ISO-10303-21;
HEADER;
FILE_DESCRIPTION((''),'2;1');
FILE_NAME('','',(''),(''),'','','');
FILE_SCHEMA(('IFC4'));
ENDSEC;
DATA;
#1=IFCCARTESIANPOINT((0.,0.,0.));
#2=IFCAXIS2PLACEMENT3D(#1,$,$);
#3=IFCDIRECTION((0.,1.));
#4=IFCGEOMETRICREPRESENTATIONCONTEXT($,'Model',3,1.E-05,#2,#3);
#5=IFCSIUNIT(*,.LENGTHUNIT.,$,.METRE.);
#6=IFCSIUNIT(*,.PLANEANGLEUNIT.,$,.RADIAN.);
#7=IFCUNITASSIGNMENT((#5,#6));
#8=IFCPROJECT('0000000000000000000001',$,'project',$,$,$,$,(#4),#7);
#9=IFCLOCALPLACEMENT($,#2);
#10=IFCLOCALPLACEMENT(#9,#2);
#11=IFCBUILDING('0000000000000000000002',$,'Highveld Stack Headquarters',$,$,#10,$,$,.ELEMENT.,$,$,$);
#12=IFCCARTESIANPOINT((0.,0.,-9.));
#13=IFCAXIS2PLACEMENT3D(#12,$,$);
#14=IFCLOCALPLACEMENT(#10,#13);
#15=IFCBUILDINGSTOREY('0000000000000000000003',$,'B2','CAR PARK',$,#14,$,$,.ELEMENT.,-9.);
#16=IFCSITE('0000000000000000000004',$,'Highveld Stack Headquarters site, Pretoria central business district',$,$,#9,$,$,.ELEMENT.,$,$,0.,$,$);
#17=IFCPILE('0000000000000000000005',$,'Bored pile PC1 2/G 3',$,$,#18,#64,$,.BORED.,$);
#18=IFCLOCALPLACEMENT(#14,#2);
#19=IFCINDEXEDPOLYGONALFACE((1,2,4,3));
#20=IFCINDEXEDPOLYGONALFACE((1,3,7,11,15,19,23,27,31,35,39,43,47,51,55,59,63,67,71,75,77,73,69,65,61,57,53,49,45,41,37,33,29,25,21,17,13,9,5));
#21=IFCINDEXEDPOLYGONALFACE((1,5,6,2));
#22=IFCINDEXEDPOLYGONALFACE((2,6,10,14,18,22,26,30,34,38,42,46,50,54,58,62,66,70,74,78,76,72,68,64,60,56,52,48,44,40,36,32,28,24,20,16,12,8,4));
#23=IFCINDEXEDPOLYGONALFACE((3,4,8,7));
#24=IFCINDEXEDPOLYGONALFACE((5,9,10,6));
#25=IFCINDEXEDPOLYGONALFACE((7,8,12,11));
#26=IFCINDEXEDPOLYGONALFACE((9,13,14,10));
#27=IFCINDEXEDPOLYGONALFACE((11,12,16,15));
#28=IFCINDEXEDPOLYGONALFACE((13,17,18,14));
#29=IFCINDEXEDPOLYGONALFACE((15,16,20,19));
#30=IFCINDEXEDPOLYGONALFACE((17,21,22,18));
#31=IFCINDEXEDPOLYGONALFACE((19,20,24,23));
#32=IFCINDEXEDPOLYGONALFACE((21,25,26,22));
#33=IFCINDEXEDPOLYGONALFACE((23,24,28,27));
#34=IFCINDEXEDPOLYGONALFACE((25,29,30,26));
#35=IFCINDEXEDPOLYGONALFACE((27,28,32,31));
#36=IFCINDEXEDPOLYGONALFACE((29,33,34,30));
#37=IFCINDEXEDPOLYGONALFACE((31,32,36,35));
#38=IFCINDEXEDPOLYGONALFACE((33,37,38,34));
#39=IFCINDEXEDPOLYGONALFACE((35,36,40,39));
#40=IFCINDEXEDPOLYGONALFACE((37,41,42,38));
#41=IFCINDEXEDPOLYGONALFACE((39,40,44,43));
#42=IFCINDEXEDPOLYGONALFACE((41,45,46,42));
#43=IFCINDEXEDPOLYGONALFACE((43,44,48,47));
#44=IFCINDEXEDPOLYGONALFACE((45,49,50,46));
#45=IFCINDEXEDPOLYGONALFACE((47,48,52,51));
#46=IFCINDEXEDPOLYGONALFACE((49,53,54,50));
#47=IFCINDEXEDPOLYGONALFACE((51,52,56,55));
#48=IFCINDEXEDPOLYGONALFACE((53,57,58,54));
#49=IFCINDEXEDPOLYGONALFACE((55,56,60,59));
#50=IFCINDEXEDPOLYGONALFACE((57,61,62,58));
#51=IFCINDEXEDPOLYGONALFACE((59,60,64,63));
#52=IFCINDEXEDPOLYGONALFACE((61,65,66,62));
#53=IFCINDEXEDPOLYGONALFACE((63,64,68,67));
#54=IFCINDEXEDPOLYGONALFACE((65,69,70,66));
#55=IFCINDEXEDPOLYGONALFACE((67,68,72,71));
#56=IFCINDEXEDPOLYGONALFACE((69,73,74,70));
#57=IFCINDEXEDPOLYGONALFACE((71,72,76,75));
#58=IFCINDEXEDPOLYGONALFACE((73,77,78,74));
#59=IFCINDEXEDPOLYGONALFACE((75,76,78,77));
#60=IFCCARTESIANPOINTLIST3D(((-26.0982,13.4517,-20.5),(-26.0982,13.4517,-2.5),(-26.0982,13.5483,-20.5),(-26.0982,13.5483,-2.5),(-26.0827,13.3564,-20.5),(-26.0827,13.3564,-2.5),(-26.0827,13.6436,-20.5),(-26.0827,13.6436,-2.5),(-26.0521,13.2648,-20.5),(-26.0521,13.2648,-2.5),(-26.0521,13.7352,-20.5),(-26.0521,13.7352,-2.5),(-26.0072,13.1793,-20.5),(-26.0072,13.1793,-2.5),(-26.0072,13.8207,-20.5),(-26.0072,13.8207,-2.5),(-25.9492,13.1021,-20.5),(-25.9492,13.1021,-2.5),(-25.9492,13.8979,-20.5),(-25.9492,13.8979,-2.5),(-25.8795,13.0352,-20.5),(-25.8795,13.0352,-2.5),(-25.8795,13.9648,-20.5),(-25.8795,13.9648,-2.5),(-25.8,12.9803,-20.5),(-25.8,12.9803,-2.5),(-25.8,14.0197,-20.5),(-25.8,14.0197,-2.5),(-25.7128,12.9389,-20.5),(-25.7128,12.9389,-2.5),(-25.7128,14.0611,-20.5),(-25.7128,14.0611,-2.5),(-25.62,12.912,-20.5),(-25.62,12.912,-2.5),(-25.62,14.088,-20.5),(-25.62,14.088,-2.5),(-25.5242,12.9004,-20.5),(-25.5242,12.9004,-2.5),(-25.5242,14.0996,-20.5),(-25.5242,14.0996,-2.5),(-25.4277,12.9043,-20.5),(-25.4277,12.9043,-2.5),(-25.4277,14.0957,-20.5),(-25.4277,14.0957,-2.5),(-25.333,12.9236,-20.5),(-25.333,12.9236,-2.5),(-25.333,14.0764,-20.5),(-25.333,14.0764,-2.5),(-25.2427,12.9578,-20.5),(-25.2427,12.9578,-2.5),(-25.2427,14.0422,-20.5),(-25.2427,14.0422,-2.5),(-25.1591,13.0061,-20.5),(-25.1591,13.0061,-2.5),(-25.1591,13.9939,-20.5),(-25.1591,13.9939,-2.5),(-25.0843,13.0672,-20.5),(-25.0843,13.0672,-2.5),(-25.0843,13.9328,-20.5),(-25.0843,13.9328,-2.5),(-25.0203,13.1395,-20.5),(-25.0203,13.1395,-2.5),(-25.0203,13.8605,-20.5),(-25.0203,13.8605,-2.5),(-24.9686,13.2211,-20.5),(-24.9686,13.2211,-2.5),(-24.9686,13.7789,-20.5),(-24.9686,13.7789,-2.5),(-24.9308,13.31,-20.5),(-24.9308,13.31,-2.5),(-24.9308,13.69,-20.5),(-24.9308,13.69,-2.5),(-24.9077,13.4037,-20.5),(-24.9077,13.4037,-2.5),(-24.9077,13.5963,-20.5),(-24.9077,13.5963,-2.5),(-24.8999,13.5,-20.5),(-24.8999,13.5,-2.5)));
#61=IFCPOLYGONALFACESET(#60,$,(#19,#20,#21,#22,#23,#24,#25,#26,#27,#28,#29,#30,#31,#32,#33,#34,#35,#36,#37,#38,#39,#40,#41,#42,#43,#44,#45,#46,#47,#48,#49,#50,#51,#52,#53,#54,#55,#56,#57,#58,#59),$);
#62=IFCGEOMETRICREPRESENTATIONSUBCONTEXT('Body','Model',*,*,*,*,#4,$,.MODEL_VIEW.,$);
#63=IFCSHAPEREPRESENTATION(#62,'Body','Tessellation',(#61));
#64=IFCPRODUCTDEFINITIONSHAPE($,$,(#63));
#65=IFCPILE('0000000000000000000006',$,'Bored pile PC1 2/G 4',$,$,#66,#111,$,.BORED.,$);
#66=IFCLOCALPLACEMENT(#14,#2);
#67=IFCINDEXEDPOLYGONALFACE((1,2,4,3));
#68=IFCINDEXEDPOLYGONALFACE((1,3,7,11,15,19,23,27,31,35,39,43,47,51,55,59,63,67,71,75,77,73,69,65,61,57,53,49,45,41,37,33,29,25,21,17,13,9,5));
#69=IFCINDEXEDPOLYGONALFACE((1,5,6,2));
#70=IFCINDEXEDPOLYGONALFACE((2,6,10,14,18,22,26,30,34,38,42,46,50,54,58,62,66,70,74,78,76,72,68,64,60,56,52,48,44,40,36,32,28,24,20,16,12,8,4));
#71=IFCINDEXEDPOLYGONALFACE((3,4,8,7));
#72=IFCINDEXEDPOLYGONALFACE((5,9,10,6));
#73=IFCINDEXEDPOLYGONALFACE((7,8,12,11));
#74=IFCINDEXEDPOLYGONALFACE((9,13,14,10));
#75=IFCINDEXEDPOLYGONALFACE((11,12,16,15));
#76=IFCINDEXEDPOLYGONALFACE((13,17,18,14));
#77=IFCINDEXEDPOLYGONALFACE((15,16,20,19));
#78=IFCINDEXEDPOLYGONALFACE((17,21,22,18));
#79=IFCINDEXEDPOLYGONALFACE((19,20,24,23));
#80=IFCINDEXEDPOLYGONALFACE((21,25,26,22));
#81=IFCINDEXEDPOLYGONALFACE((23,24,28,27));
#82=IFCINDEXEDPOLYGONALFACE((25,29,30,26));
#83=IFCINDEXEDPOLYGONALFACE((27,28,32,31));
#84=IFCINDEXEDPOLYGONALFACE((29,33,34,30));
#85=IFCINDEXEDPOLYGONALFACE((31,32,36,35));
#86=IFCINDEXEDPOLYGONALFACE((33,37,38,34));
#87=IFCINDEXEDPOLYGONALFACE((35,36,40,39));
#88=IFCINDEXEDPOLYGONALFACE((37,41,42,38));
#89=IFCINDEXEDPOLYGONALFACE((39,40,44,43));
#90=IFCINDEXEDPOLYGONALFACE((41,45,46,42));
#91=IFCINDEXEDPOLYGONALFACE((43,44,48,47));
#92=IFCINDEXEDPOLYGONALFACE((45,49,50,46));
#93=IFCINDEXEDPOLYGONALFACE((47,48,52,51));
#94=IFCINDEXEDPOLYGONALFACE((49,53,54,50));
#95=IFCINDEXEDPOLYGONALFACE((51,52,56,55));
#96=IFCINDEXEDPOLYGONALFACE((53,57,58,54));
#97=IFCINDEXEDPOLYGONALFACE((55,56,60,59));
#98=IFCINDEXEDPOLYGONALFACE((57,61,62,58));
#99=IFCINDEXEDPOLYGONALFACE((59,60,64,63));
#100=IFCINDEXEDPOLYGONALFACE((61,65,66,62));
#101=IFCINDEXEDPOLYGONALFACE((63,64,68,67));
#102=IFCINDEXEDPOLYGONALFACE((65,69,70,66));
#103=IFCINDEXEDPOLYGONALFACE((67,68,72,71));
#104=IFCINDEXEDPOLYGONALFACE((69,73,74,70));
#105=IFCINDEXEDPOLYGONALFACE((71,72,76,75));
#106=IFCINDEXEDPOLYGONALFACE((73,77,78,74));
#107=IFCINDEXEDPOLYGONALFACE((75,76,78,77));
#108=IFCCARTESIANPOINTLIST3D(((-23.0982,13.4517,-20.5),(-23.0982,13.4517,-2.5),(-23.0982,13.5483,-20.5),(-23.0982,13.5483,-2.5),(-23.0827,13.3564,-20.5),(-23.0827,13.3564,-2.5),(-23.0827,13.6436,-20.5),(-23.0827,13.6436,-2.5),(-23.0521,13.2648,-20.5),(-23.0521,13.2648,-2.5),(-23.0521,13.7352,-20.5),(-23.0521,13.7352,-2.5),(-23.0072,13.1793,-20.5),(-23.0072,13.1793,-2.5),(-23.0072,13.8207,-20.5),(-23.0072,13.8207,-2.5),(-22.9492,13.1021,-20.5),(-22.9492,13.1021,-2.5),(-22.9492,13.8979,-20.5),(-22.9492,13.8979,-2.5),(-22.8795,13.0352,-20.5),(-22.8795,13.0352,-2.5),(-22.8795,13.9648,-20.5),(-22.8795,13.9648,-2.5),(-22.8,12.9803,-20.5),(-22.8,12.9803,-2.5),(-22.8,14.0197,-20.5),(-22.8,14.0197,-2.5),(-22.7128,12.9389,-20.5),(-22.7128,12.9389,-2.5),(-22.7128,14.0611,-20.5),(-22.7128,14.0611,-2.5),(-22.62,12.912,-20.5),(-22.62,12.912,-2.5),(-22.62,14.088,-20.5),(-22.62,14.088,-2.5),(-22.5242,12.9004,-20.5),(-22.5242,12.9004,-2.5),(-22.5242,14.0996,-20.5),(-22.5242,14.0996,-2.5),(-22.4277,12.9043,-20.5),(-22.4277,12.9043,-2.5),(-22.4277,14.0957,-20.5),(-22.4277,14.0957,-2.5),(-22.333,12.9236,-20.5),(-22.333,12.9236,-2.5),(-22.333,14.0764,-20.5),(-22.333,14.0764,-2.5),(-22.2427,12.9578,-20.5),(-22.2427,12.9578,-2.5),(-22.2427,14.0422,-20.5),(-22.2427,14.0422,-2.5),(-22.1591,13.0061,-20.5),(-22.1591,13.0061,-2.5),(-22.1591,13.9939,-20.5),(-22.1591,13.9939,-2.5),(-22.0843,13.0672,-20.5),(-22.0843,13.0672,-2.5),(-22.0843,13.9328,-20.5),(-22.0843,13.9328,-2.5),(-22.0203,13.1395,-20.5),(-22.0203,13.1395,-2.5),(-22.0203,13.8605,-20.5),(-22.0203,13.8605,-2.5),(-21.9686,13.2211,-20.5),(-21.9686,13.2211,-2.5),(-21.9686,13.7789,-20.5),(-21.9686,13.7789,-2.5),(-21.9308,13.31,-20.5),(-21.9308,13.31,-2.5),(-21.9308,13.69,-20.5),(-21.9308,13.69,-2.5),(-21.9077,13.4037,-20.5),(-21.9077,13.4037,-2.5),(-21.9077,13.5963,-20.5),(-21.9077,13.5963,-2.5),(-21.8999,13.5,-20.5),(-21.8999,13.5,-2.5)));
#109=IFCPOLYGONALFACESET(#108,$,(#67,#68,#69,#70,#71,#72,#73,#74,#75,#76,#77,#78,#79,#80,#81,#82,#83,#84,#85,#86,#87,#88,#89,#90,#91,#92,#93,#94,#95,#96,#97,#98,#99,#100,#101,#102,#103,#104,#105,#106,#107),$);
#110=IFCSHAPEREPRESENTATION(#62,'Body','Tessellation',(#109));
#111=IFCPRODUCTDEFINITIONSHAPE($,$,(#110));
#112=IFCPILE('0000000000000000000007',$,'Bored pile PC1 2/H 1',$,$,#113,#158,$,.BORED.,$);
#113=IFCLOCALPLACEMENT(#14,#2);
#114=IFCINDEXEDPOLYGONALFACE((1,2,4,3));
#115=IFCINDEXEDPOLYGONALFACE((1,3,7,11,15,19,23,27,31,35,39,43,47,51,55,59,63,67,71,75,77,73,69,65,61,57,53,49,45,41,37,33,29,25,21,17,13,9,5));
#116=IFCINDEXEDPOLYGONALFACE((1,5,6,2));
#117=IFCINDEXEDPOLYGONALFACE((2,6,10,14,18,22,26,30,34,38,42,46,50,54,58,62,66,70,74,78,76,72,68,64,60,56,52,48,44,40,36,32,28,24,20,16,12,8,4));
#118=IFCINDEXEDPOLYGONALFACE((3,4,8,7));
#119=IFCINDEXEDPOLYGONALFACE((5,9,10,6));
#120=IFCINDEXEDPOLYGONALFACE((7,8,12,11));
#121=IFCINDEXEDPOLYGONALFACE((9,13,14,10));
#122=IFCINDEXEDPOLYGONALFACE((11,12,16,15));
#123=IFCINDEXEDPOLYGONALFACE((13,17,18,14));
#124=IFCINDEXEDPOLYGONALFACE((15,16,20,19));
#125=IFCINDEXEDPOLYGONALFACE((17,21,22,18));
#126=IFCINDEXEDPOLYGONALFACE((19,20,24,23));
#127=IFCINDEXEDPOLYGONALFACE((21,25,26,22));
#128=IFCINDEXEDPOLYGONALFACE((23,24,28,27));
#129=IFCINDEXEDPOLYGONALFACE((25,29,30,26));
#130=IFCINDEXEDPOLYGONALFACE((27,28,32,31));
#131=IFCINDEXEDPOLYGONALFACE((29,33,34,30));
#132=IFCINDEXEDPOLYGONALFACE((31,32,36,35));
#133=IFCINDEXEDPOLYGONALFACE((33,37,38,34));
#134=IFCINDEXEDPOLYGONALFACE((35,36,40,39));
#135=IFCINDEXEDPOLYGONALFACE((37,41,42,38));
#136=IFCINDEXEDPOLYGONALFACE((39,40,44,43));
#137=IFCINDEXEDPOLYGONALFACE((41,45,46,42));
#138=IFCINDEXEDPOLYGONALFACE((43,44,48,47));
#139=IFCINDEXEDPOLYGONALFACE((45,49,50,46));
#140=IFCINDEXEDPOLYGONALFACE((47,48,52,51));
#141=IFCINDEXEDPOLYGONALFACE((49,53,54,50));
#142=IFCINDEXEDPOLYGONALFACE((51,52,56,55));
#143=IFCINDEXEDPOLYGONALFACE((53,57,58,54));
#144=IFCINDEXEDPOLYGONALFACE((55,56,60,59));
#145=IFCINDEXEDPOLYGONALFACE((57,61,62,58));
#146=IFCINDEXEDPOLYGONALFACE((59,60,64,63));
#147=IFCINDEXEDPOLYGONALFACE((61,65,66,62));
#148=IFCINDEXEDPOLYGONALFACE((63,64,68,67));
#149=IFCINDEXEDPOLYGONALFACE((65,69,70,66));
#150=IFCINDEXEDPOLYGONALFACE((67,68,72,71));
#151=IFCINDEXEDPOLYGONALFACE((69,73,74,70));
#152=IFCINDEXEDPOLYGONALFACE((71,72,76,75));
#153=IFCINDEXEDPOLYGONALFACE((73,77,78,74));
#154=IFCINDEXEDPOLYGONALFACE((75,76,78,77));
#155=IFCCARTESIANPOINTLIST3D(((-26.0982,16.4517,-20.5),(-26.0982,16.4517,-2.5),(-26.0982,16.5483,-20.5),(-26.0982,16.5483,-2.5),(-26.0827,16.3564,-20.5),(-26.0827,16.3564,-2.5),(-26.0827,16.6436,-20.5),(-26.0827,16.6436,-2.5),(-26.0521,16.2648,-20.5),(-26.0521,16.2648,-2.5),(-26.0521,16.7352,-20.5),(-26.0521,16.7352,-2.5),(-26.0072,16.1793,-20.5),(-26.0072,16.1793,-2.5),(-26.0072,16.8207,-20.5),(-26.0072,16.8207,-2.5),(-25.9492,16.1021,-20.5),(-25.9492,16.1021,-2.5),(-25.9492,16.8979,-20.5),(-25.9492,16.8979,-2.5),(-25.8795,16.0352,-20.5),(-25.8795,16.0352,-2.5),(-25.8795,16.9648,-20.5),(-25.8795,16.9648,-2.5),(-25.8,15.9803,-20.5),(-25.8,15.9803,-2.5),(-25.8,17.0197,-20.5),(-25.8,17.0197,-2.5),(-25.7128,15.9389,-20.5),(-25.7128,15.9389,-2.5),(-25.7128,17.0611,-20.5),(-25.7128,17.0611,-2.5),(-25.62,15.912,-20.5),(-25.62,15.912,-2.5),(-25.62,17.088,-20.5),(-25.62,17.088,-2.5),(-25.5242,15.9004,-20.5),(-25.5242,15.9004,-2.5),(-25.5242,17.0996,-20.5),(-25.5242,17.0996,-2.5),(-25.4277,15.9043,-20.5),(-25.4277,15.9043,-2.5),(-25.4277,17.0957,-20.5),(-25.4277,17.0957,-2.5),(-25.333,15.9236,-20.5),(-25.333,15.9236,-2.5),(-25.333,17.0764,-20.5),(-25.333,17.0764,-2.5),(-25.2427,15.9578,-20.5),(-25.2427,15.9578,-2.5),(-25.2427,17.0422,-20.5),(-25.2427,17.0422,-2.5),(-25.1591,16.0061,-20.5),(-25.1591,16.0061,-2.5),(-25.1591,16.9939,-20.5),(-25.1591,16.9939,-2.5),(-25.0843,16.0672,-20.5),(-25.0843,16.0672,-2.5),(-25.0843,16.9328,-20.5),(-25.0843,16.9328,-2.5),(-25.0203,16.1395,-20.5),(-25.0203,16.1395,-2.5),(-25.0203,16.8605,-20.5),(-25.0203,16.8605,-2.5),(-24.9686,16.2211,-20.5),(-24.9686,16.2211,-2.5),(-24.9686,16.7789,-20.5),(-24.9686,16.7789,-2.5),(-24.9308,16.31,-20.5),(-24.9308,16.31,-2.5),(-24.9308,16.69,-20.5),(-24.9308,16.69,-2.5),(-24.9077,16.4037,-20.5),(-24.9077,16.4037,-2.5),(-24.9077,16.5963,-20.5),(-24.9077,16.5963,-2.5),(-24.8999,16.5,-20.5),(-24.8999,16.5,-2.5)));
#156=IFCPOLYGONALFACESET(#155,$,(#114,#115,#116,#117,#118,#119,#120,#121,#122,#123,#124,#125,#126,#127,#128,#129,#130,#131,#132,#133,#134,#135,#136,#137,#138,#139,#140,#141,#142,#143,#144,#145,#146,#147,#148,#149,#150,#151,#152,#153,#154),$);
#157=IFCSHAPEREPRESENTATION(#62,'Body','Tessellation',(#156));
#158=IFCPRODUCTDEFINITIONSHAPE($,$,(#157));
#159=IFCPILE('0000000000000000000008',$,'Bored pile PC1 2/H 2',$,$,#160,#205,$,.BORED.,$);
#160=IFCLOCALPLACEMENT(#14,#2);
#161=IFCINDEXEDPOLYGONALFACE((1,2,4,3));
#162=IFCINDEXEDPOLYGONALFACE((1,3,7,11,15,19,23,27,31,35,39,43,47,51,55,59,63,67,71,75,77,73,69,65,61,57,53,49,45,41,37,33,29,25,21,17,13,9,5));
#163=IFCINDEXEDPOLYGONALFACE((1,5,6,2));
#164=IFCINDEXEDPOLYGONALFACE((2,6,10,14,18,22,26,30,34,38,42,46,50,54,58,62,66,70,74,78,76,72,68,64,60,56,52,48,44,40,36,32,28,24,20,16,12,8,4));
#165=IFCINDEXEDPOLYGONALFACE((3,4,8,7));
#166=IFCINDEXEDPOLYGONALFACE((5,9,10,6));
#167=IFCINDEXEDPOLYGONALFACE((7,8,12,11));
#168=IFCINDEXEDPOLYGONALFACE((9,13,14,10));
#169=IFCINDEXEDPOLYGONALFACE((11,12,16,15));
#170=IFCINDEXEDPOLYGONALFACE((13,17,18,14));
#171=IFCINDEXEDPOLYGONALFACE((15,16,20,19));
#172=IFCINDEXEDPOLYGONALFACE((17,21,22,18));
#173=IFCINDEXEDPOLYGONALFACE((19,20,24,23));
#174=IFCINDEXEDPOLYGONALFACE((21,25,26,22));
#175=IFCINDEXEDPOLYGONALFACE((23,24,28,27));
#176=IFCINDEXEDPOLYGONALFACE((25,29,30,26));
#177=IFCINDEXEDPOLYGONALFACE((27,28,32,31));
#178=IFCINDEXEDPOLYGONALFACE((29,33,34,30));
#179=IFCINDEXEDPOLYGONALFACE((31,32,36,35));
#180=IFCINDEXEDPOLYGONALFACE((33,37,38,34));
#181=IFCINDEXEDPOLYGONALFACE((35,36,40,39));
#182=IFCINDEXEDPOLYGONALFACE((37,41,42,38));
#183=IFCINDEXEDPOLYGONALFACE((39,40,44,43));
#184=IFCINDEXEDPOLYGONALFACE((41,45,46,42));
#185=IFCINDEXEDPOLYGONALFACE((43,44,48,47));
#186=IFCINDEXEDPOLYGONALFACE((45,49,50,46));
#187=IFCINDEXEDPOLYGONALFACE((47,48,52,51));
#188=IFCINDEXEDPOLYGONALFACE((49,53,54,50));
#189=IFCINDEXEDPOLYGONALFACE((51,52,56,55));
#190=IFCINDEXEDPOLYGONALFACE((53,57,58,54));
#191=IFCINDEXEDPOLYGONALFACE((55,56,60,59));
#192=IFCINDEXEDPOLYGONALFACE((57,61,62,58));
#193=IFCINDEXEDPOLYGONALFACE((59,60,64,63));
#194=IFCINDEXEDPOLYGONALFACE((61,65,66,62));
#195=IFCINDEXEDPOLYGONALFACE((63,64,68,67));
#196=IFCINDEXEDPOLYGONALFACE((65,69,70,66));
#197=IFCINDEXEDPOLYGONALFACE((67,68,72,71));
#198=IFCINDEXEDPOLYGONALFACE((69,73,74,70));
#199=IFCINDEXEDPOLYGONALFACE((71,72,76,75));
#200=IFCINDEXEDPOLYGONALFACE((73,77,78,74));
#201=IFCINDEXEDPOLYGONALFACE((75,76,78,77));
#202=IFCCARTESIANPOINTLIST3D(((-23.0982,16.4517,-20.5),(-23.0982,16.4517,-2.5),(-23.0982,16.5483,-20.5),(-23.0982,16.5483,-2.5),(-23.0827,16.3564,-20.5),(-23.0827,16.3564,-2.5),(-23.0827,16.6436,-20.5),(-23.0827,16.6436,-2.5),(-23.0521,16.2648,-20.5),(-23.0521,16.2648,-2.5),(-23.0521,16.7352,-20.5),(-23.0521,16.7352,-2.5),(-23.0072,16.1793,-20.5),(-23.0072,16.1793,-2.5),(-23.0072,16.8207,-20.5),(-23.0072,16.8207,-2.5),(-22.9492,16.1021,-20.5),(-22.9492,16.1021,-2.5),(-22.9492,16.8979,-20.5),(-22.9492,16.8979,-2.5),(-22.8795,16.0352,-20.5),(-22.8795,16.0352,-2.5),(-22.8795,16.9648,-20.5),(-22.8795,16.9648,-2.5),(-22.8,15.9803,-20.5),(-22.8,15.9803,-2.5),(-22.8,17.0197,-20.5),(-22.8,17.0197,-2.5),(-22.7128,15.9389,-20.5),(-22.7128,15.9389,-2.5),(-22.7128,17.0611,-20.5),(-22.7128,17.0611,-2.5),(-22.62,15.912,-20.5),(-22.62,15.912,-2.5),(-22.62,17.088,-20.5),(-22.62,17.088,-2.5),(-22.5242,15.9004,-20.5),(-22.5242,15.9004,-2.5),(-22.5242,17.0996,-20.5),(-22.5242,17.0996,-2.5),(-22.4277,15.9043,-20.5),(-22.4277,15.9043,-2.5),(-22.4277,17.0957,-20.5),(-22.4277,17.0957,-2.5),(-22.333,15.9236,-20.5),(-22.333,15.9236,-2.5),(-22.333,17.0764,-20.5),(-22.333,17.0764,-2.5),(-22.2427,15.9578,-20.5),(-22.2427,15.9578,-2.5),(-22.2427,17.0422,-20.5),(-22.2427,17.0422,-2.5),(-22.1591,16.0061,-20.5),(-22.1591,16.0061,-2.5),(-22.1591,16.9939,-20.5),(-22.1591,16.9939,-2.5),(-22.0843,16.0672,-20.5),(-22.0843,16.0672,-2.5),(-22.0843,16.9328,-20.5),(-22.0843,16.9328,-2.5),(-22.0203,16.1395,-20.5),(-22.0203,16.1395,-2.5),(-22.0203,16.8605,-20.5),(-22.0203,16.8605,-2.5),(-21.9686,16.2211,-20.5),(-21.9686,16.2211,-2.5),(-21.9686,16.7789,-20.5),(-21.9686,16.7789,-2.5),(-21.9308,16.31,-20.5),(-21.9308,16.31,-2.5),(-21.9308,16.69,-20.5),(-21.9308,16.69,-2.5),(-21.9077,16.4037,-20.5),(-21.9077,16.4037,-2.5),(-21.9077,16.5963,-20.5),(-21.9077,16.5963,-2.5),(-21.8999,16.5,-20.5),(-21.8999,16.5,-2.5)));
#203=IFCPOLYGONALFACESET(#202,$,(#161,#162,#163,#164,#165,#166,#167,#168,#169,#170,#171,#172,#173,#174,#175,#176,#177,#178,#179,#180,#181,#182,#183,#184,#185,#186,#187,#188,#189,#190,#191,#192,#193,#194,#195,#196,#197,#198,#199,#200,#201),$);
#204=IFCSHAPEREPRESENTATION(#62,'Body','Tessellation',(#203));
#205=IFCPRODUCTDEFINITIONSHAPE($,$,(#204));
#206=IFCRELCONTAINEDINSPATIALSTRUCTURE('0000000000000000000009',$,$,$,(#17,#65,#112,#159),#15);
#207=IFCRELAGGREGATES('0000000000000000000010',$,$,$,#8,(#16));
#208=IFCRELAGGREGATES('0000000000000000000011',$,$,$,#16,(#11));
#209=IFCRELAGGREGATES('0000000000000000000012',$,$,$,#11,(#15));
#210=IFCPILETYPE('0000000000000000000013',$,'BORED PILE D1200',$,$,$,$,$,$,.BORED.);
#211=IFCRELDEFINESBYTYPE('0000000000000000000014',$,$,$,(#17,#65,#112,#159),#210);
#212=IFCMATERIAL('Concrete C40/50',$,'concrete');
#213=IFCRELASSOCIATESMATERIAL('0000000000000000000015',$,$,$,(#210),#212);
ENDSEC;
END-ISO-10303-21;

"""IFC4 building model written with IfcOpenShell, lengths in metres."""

from ifc_helpers import new_model, si_unit, direction, frame, origin, origin_2d, place, context, subcontext, project, spatial, circle, extrude, material, type_object, element, save


model = new_model("IFC4")

# Units and contexts
model_context = context("Model", 3, precision=1e-05, world=origin(), true_north=direction((0.0, 1.0)))
body_context = subcontext(model_context, "Body", "Model", "MODEL_VIEW")
ifc_project = project(units=[si_unit("LENGTHUNIT", "METRE"), si_unit("PLANEANGLEUNIT", "RADIAN")], contexts=[model_context])

# Site, building, storey
site_placement = place(None, origin())
site = spatial("IfcSite", under=ifc_project, at=site_placement, Name="Highveld Stack Headquarters site, Pretoria central business district", CompositionType="ELEMENT", RefElevation=0.0)
building_placement = place(site_placement, origin())
building = spatial("IfcBuilding", under=site, at=building_placement, Name="Highveld Stack Headquarters", CompositionType="ELEMENT")
storey_placement = place(building_placement, frame((0.0, 0.0, -9.0)))
storey = spatial("IfcBuildingStorey", under=building, at=storey_placement, Name="B2", Description="CAR PARK", CompositionType="ELEMENT", Elevation=-9.0)

# Piles
ifc_material_1 = material(Name="Concrete C40/50", Category="concrete")
pile_type_1 = type_object("IfcPileType", Name="BORED PILE D1200", PredefinedType="BORED", material=ifc_material_1)
for number, where, z_axis, x_axis, name in (
    (1, (-25.5, 13.5, -2.5), (0.0, 0.0, -1.0), (1.0, 0.0, 0.0), "Bored pile PC1 2/G 3"),
    (2, (-22.5, 13.5, -2.5), (0.0, 0.0, -1.0), (1.0, 0.0, 0.0), "Bored pile PC1 2/G 4"),
    (3, (-25.5, 16.5, -2.5), (0.0, 0.0, -1.0), (1.0, 0.0, 0.0), "Bored pile PC1 2/H 1"),
    (4, (-22.5, 16.5, -2.5), (0.0, 0.0, -1.0), (1.0, 0.0, 0.0), "Bored pile PC1 2/H 2"),
):
    element("IfcPile", number, at=place(storey_placement, frame(where, z_axis=z_axis, x_axis=x_axis)), inside=storey, type_object=pile_type_1, Name=name, PredefinedType="BORED", context=body_context, shape_type="SweptSolid", body=[
        extrude(circle(Radius=0.6001, at=origin_2d()), origin(), (0.0, 0.0, 1.0), 18.0),
    ])

save(model, "model.ifc")
